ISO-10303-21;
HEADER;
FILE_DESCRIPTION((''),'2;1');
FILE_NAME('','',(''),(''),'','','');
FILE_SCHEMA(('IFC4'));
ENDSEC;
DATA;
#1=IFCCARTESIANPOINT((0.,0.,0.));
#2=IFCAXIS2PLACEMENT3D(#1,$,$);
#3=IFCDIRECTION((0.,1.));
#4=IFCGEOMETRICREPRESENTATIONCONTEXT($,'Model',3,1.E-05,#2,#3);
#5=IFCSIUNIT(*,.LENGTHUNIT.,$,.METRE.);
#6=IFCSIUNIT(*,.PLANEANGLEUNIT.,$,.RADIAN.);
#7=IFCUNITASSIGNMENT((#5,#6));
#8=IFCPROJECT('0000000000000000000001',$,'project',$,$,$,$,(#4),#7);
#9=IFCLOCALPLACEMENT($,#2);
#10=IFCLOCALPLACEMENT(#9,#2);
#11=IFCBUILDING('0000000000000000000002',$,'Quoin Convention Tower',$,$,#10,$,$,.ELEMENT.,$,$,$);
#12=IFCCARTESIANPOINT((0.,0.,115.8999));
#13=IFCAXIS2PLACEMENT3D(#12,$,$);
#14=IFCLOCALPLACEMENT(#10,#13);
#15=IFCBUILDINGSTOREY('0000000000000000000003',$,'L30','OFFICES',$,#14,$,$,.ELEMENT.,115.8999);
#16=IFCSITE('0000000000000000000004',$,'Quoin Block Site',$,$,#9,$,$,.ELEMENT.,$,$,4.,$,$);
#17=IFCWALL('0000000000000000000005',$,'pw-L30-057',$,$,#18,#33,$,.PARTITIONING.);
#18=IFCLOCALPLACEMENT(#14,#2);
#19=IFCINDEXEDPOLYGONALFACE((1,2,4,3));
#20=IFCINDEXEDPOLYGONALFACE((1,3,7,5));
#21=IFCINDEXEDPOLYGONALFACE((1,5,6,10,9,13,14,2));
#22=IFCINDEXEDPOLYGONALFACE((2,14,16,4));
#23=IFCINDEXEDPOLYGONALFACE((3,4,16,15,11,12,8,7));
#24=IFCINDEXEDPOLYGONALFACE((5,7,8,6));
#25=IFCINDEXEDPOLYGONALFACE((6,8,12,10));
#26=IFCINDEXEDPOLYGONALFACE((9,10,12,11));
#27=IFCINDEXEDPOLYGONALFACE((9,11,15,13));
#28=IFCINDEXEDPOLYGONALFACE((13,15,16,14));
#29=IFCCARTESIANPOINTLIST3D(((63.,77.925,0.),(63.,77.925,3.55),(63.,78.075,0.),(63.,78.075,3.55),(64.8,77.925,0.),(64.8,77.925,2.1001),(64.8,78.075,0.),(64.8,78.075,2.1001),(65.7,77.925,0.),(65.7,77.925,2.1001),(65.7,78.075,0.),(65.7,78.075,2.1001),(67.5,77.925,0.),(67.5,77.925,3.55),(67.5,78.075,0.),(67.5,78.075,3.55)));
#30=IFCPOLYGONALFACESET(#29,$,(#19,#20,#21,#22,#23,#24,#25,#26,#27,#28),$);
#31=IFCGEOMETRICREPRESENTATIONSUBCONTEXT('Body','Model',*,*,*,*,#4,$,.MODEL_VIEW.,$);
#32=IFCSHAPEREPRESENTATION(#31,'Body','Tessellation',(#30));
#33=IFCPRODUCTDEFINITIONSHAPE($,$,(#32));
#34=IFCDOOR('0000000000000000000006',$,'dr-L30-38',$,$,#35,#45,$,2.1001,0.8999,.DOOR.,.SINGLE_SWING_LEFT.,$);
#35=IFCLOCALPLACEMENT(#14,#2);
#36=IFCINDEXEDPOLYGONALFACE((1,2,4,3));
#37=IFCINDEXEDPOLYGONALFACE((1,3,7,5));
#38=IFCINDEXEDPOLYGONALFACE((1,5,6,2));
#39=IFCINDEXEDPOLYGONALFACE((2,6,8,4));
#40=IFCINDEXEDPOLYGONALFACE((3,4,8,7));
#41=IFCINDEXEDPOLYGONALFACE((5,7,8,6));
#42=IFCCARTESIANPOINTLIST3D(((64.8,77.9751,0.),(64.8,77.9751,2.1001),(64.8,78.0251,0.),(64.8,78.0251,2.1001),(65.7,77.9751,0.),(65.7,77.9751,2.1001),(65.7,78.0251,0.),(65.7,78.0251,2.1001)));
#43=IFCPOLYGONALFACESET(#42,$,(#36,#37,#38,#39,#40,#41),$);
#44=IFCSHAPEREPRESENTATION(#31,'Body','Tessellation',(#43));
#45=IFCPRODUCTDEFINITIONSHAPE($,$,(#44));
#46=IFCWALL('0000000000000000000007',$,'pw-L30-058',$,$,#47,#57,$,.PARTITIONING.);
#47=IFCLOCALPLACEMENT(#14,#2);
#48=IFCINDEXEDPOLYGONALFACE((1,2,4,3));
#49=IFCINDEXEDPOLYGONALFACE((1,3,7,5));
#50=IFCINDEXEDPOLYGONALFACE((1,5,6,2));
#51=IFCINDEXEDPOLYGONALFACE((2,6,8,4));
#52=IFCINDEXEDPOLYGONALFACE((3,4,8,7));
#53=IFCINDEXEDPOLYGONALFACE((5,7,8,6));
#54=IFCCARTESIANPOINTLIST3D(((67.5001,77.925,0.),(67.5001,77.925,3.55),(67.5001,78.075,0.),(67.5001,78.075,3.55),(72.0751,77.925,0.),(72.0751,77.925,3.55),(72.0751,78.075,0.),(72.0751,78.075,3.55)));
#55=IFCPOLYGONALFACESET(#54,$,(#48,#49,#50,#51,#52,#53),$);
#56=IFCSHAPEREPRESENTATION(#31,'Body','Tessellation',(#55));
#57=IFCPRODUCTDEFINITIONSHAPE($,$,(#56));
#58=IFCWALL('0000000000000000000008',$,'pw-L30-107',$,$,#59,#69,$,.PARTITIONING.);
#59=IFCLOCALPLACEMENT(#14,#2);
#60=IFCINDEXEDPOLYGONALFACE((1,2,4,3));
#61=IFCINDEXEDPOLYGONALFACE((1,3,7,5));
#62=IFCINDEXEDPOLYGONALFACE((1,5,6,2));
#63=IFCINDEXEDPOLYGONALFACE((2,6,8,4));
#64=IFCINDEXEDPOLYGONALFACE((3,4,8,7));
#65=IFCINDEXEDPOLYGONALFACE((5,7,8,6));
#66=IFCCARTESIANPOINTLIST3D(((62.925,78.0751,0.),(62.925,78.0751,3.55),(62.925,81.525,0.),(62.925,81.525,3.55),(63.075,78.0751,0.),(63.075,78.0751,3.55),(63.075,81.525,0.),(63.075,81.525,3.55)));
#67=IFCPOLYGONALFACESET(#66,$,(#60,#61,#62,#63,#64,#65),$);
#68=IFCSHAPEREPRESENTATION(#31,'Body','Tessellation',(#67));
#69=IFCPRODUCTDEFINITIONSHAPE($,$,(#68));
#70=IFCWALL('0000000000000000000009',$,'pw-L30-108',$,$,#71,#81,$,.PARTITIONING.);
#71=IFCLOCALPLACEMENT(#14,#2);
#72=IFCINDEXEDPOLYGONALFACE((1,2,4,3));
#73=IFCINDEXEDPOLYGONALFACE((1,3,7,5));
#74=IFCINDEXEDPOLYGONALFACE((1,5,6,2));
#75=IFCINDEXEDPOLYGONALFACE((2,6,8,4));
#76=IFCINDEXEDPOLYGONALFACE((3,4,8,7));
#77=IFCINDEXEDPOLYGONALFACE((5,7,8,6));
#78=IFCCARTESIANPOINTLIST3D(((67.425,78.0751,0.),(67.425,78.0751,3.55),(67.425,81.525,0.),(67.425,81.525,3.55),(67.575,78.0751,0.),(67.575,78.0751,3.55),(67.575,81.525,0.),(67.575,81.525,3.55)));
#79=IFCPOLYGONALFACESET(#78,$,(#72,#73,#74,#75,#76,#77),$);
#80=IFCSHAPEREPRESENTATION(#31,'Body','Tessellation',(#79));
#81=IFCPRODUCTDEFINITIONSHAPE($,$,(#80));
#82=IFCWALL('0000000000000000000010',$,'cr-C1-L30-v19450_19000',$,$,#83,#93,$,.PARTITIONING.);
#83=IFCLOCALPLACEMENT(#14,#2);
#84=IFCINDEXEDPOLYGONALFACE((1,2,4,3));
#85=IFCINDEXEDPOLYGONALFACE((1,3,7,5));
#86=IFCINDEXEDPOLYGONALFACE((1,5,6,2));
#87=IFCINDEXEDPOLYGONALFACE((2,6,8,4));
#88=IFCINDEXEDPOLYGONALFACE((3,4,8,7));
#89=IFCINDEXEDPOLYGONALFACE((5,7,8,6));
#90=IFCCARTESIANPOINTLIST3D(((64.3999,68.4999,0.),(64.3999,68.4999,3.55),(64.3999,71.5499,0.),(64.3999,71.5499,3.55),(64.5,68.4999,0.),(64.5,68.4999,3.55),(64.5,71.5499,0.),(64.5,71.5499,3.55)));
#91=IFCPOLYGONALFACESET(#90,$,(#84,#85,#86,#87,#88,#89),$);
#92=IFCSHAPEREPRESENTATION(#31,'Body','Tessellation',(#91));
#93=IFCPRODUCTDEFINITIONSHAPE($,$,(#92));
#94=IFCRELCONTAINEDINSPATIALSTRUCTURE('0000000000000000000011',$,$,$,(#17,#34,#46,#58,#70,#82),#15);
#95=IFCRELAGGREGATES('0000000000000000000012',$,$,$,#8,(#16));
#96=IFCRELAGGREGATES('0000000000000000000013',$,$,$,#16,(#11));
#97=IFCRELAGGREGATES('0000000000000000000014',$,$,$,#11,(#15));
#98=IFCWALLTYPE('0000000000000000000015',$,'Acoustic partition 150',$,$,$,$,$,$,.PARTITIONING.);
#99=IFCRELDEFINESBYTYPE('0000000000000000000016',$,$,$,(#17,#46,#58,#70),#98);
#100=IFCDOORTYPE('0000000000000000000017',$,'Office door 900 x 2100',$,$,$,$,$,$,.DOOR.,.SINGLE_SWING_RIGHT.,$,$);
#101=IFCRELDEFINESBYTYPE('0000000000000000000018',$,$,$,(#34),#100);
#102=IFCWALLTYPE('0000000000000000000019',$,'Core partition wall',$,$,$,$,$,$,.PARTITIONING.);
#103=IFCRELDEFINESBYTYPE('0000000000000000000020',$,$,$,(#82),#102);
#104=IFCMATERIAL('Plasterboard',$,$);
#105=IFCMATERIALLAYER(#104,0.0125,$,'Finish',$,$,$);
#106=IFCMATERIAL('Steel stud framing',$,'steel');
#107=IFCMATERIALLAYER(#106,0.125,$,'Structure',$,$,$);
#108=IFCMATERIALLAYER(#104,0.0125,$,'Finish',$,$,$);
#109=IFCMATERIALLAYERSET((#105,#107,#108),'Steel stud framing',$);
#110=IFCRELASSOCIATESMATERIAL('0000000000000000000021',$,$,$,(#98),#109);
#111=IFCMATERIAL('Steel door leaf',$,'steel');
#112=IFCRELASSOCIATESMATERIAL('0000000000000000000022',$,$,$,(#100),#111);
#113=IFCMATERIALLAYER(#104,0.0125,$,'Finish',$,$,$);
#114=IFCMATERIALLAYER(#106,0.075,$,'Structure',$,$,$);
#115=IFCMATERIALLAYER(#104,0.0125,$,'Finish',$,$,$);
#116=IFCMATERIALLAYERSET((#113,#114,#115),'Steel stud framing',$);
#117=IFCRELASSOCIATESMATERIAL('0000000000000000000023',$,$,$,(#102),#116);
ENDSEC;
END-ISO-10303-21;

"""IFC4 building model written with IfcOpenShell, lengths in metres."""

from ifc_helpers import new_model, si_unit, direction, frame, frame_2d, origin, place, context, subcontext, project, spatial, rectangle, extrude, material, layer, layer_set, type_object, element, fill, save


model = new_model("IFC4")

# Units and contexts
model_context = context("Model", 3, precision=1e-05, world=origin(), true_north=direction((0.0, 1.0)))
body_context = subcontext(model_context, "Body", "Model", "MODEL_VIEW")
ifc_project = project(units=[si_unit("LENGTHUNIT", "METRE"), si_unit("PLANEANGLEUNIT", "RADIAN")], contexts=[model_context])

# Site, building, storey
site_placement = place(None, origin())
site = spatial("IfcSite", under=ifc_project, at=site_placement, Name="Quoin Block Site", CompositionType="ELEMENT", RefElevation=4.0)
building_placement = place(site_placement, origin())
building = spatial("IfcBuilding", under=site, at=building_placement, Name="Quoin Convention Tower", CompositionType="ELEMENT")
storey_placement = place(building_placement, frame((0.0, 0.0, 115.8999)))
storey = spatial("IfcBuildingStorey", under=building, at=storey_placement, Name="L30", Description="OFFICES", CompositionType="ELEMENT", Elevation=115.8999)

# Wall, opening, door
ifc_material_1 = material(Name="Plasterboard")
ifc_layer_1 = layer(ifc_material_1, 0.0125, Name="Finish")
ifc_material_2 = material(Name="Steel stud framing", Category="steel")
ifc_layer_2 = layer(ifc_material_2, 0.125, Name="Structure")
ifc_layer_3 = layer(ifc_material_1, 0.0125, Name="Finish")
ifc_layer_set_1 = layer_set([ifc_layer_1, ifc_layer_2, ifc_layer_3], Name="Steel stud framing")
wall_type_1 = type_object("IfcWallType", Name="Acoustic partition 150", PredefinedType="PARTITIONING", material=ifc_layer_set_1)
wall_1_placement = place(storey_placement, frame((63.0, 78.0, 0.0), z_axis=(0.0, 0.0, 1.0), x_axis=(1.0, 0.0, 0.0)))
wall_1 = element("IfcWall", 1, at=wall_1_placement, inside=storey, type_object=wall_type_1, Name="pw-L30-057", PredefinedType="PARTITIONING", context=body_context, shape_type="SweptSolid", body=[
    extrude(rectangle(XDim=4.5, YDim=0.1499, at=frame_2d((2.25, 0.0))), origin(), (0.0, 0.0, 1.0), 3.55),
])
opening_placement = place(wall_1_placement, frame((1.8, 0.0, 0.0)))
opening = element("IfcOpeningElement", 2, at=opening_placement, cuts=wall_1, PredefinedType="OPENING", context=body_context, shape_type="SweptSolid", body=[
    extrude(rectangle(XDim=0.8999, YDim=2.1001, at=frame_2d((0.45, 1.05))), frame((0.0, 0.085, 0.0), z_axis=(0.0, -1.0, 0.0), x_axis=(1.0, 0.0, 0.0)), (0.0, 0.0, 1.0), 0.1699),
])
ifc_material_3 = material(Name="Steel door leaf", Category="steel")
door_type = type_object("IfcDoorType", Name="Office door 900 x 2100", OperationType="SINGLE_SWING_RIGHT", PredefinedType="DOOR", material=ifc_material_3)
door_placement = place(opening_placement, frame((0.8999, 0.0, 0.0), z_axis=(0.0, 0.0, 1.0), x_axis=(-1.0, 0.0, 0.0)))
door = element("IfcDoor", 3, at=door_placement, inside=storey, type_object=door_type, Name="dr-L30-38", OperationType="SINGLE_SWING_LEFT", OverallHeight=2.1001, OverallWidth=0.8999, PredefinedType="DOOR", context=body_context, shape_type="SweptSolid", body=[
    extrude(rectangle(XDim=0.8999, YDim=2.1001, at=frame_2d((0.45, 1.05))), frame((0.0, 0.0249, 0.0), z_axis=(0.0, -1.0, 0.0), x_axis=(1.0, 0.0, 0.0)), (0.0, 0.0, 1.0), 0.05),
])
fill(opening, door)

# Walls
wall_2_placement = place(storey_placement, frame((67.5, 78.0, 0.0), z_axis=(0.0, 0.0, 1.0), x_axis=(1.0, 0.0, 0.0)))
element("IfcWall", 4, at=wall_2_placement, inside=storey, type_object=wall_type_1, Name="pw-L30-058", PredefinedType="PARTITIONING", context=body_context, shape_type="SweptSolid", body=[
    extrude(rectangle(XDim=4.575, YDim=0.1499, at=frame_2d((2.2876, 0.0))), origin(), (0.0, 0.0, 1.0), 3.55),
])
for number, where, z_axis, x_axis, name in (
    (5, (63.0, 78.075, 0.0), (0.0, 0.0, 1.0), (0.0, 1.0, 0.0), "pw-L30-107"),
    (6, (67.5, 78.075, 0.0), (0.0, 0.0, 1.0), (0.0, 1.0, 0.0), "pw-L30-108"),
):
    element("IfcWall", number, at=place(storey_placement, frame(where, z_axis=z_axis, x_axis=x_axis)), inside=storey, type_object=wall_type_1, Name=name, PredefinedType="PARTITIONING", context=body_context, shape_type="SweptSolid", body=[
        extrude(rectangle(XDim=3.45, YDim=0.1499, at=frame_2d((1.7251, 0.0))), origin(), (0.0, 0.0, 1.0), 3.55),
    ])
ifc_layer_4 = layer(ifc_material_1, 0.0125, Name="Finish")
ifc_layer_5 = layer(ifc_material_2, 0.075, Name="Structure")
ifc_layer_6 = layer(ifc_material_1, 0.0125, Name="Finish")
ifc_layer_set_2 = layer_set([ifc_layer_4, ifc_layer_5, ifc_layer_6], Name="Steel stud framing")
wall_type_2 = type_object("IfcWallType", Name="Core partition wall", PredefinedType="PARTITIONING", material=ifc_layer_set_2)
wall_3_placement = place(storey_placement, frame((64.45, 68.5, 0.0), z_axis=(0.0, 0.0, 1.0), x_axis=(0.0, 1.0, 0.0)))
element("IfcWall", 7, at=wall_3_placement, inside=storey, type_object=wall_type_2, Name="cr-C1-L30-v19450_19000", PredefinedType="PARTITIONING", context=body_context, shape_type="SweptSolid", body=[
    extrude(rectangle(XDim=3.05, YDim=0.1001, at=frame_2d((1.5249, 0.0))), origin(), (0.0, 0.0, 1.0), 3.55),
])

save(model, "model.ifc")
